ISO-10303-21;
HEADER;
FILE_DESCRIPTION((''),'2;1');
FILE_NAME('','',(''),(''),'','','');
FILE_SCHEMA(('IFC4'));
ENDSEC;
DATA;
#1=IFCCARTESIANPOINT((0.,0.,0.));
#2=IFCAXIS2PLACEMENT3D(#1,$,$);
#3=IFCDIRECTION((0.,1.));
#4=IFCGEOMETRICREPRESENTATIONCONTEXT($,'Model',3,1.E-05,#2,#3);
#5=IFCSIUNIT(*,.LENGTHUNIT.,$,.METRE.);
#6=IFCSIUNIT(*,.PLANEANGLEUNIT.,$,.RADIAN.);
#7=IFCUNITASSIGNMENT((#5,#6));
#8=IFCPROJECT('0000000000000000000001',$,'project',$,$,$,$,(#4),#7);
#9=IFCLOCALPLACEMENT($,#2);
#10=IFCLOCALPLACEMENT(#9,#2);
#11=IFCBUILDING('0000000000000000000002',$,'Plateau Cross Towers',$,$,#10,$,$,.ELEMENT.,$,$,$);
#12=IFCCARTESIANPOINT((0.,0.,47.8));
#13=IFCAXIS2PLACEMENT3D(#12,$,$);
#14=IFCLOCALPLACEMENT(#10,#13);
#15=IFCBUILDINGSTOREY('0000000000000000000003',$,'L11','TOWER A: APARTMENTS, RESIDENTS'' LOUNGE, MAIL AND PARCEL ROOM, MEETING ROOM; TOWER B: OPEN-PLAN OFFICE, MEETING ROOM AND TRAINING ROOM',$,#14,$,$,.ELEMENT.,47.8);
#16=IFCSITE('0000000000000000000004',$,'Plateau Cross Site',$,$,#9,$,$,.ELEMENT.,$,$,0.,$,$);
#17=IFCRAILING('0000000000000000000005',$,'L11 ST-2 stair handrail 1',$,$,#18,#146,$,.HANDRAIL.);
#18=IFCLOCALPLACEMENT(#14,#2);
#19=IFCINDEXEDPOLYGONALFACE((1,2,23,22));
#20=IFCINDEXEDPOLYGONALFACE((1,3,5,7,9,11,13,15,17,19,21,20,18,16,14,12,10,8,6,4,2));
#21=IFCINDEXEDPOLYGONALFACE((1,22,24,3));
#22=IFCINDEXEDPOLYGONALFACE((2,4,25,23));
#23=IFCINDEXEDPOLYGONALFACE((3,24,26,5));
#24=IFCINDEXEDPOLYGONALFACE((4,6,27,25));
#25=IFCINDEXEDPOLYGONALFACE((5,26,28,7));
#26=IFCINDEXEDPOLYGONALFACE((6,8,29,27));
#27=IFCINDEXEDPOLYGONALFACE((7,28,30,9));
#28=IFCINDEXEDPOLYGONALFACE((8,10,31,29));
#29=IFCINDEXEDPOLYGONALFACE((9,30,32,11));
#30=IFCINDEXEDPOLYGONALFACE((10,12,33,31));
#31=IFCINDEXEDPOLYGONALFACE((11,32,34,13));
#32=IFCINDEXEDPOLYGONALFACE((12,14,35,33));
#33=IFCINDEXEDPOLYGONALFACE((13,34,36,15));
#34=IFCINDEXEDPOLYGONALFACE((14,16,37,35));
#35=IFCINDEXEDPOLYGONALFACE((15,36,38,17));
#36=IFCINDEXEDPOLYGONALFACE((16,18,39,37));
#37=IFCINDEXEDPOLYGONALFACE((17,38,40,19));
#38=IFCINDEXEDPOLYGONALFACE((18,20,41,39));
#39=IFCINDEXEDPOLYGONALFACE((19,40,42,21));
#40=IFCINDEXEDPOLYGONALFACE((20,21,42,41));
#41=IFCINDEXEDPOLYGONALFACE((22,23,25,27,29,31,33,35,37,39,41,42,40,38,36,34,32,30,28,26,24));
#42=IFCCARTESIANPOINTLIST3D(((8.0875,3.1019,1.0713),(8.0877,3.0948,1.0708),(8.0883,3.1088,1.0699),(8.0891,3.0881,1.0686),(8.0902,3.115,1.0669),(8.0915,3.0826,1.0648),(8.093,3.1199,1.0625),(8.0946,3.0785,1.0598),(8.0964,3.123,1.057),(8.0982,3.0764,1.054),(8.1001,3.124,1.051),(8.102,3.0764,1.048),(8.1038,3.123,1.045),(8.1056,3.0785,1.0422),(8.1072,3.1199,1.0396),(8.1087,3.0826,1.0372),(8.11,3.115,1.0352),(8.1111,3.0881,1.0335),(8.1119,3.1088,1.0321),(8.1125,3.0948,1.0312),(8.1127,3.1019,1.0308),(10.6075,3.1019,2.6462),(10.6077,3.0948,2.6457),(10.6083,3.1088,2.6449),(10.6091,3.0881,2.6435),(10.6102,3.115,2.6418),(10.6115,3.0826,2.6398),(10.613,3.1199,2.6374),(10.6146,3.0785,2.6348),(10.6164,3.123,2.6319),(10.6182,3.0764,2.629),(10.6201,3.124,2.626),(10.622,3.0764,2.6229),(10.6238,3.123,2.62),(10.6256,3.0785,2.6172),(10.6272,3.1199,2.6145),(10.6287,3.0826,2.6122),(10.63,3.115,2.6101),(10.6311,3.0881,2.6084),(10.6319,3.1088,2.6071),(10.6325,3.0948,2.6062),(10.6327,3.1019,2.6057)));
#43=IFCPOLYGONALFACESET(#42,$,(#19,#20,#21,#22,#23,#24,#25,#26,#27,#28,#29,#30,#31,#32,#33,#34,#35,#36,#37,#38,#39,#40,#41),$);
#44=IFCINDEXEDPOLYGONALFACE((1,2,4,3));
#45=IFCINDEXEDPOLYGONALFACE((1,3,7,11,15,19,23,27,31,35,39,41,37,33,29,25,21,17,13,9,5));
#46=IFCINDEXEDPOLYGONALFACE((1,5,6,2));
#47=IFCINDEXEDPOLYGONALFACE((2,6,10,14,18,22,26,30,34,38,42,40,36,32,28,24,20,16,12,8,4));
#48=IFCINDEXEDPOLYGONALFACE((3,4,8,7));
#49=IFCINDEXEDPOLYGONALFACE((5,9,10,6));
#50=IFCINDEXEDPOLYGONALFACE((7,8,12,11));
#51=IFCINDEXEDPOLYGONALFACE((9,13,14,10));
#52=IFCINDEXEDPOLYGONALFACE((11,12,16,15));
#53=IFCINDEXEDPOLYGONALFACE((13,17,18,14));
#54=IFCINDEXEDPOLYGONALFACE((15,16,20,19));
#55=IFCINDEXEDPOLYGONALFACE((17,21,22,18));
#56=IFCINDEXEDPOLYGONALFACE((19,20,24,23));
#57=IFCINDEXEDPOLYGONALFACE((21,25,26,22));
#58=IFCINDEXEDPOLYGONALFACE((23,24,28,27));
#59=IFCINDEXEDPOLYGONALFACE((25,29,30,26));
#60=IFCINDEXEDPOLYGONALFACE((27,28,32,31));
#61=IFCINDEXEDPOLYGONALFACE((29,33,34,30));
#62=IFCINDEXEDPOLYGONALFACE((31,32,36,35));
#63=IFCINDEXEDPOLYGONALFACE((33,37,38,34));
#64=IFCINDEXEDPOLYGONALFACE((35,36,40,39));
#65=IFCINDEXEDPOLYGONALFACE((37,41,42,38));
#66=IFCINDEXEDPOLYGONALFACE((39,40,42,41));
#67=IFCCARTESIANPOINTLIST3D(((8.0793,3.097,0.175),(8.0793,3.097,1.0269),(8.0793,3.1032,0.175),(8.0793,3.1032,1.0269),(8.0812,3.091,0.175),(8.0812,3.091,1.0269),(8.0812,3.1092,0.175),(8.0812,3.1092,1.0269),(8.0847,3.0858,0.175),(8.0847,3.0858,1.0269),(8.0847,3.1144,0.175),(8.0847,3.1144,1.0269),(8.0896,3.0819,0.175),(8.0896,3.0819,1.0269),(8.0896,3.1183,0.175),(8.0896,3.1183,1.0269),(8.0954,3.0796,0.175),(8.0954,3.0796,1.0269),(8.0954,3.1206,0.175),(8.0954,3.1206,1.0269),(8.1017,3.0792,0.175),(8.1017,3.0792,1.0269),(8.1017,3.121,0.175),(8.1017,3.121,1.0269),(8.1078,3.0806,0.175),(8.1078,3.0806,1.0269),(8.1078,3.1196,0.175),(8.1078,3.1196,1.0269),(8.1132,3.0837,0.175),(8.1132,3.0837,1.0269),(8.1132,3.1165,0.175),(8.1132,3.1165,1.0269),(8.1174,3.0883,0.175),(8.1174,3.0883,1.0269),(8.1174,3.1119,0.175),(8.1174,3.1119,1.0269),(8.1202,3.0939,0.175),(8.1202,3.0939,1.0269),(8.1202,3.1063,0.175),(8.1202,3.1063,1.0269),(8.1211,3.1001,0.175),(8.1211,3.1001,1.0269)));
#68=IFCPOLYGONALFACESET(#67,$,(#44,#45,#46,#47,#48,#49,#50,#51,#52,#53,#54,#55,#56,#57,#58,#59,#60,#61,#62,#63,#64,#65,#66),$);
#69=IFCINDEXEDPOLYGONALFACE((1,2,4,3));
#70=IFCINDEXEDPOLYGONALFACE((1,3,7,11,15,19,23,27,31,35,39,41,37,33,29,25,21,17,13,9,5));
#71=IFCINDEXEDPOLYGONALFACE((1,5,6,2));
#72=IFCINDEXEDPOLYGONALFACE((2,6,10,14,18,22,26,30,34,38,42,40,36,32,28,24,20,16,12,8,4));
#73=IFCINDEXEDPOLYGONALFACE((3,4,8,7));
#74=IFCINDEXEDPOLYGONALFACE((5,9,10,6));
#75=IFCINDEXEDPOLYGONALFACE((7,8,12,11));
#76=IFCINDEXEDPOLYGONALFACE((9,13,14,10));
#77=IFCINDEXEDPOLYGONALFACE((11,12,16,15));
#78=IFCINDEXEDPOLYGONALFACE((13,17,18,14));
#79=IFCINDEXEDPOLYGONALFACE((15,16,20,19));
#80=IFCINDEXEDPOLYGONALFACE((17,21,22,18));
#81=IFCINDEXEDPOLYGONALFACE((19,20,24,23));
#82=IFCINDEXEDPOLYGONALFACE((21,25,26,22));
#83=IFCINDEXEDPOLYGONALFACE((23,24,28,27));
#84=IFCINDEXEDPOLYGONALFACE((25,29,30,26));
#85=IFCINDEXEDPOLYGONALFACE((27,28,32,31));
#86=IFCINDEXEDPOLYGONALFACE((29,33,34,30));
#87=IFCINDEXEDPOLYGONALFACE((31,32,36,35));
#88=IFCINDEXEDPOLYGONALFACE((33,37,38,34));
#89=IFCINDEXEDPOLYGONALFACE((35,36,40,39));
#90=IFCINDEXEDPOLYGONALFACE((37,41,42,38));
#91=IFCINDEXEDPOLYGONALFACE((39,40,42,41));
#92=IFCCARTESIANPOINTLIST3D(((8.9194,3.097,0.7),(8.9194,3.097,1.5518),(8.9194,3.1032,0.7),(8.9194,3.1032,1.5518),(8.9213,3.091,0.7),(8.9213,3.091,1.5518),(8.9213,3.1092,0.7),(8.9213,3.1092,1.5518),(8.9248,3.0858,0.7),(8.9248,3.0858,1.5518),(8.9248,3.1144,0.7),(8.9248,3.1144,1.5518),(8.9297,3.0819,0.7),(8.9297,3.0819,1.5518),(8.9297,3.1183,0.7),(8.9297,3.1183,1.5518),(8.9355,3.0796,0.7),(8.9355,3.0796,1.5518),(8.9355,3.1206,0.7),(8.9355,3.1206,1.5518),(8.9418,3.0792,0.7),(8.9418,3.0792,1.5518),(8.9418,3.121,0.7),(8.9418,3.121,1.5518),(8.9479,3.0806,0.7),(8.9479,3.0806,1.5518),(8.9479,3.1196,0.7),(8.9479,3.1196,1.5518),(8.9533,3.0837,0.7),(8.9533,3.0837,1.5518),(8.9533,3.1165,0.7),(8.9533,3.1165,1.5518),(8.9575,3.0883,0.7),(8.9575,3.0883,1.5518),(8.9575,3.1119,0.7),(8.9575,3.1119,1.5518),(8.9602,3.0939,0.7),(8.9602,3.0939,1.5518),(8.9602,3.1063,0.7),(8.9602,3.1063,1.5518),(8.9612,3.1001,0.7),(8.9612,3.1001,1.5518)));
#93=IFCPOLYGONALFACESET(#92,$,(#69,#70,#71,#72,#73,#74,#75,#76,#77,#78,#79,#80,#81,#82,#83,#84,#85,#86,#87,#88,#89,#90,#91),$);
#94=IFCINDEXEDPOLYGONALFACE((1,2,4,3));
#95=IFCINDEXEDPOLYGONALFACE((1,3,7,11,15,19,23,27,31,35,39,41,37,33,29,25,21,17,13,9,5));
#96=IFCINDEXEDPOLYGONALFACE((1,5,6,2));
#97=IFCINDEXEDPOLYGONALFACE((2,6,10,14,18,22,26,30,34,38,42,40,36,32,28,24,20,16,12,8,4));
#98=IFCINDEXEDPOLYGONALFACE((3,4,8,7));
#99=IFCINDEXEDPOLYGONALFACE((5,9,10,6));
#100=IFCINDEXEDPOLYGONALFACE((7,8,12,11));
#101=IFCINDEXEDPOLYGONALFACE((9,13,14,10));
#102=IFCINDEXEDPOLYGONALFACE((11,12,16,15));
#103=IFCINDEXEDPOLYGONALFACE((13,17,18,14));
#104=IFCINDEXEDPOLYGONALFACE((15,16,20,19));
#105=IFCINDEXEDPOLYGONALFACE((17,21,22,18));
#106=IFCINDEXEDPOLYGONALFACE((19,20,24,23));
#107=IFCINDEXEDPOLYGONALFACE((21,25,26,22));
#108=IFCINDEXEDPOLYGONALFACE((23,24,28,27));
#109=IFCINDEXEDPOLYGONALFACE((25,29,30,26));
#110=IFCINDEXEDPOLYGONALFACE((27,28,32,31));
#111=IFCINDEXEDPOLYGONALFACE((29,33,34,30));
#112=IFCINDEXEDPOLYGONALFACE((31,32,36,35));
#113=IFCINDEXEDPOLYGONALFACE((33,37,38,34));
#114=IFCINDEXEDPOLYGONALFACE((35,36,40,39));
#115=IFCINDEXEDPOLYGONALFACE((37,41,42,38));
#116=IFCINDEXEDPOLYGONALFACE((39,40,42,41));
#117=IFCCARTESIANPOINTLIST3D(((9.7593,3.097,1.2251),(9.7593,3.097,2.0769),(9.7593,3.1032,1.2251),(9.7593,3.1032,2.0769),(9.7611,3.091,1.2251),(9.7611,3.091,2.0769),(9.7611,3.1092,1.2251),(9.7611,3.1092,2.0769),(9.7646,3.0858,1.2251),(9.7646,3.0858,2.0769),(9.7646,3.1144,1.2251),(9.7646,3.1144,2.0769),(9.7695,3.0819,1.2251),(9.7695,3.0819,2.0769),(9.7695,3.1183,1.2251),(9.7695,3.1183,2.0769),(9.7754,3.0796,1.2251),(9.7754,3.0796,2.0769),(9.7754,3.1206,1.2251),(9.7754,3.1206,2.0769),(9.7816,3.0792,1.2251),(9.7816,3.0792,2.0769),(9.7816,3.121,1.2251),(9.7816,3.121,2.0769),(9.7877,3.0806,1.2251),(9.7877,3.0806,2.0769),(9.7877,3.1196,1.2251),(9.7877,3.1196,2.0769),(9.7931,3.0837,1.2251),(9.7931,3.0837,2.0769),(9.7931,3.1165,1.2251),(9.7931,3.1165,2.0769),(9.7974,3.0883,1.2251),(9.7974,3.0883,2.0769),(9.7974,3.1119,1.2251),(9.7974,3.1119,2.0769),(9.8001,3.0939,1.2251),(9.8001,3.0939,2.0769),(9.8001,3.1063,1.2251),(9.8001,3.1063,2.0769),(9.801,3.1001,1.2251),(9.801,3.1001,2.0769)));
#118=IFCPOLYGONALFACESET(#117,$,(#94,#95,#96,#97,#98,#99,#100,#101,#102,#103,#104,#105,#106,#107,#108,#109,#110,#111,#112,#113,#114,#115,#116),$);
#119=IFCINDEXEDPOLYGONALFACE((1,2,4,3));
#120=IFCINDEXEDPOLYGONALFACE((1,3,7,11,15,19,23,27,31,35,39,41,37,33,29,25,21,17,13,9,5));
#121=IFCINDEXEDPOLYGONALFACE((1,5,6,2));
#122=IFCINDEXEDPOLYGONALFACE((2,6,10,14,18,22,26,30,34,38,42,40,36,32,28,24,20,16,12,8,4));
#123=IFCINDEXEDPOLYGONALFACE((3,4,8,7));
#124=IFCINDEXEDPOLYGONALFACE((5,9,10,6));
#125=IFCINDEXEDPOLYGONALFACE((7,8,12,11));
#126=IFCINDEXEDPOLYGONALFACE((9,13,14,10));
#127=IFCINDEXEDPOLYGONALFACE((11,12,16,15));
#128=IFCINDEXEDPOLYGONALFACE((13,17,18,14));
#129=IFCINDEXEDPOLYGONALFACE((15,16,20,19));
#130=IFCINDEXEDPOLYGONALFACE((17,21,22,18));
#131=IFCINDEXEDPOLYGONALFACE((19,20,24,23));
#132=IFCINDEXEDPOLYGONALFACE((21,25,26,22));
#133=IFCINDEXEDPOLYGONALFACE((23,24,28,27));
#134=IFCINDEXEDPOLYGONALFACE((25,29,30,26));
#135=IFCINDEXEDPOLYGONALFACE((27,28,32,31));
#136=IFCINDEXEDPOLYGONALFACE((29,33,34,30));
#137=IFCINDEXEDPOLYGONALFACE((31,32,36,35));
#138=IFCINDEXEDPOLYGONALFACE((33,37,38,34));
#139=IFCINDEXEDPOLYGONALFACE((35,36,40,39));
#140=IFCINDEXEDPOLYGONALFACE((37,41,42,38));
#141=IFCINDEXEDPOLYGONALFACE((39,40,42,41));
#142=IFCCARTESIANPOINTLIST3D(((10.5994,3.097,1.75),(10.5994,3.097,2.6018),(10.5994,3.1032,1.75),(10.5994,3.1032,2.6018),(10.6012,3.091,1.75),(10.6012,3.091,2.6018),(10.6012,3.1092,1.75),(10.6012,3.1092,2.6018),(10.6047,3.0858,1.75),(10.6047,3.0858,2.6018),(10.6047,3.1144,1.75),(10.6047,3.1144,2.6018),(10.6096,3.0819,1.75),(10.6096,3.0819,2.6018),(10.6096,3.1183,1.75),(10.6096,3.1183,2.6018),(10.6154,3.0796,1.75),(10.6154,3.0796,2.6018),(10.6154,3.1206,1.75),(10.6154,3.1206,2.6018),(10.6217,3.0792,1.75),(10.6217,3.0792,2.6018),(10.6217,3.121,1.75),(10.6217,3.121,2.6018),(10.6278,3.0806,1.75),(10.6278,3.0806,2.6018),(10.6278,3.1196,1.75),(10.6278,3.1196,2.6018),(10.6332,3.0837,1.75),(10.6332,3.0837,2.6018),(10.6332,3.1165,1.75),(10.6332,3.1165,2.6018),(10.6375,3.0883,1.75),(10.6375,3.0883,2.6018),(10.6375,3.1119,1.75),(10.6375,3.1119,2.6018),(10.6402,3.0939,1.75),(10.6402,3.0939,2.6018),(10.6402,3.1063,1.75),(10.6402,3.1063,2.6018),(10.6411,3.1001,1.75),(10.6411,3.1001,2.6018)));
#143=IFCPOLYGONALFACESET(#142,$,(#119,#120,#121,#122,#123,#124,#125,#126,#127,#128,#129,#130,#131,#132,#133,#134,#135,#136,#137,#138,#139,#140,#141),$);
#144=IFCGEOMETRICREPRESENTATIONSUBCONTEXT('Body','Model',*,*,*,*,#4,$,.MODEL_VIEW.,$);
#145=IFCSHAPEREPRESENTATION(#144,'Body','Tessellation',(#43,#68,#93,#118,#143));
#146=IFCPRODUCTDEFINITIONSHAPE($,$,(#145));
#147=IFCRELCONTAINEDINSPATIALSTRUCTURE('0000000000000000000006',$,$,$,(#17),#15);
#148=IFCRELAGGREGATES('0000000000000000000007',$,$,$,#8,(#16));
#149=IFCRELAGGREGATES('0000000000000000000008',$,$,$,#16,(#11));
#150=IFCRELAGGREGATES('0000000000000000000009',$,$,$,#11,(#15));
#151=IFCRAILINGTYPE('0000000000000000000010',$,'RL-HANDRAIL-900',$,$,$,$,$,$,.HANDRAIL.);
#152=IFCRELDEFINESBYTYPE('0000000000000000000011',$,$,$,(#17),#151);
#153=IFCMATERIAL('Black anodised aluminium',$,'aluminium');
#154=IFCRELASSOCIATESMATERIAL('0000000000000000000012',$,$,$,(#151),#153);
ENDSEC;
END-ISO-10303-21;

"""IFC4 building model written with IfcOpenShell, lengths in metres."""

from ifc_helpers import new_model, si_unit, direction, frame, origin, origin_2d, place, context, subcontext, project, spatial, circle, extrude, material, type_object, element, save


model = new_model("IFC4")

# Units and contexts
model_context = context("Model", 3, precision=1e-05, world=origin(), true_north=direction((0.0, 1.0)))
body_context = subcontext(model_context, "Body", "Model", "MODEL_VIEW")
ifc_project = project(units=[si_unit("LENGTHUNIT", "METRE"), si_unit("PLANEANGLEUNIT", "RADIAN")], contexts=[model_context])

# Site, building, storey
site_placement = place(None, origin())
site = spatial("IfcSite", under=ifc_project, at=site_placement, Name="Plateau Cross Site", CompositionType="ELEMENT", RefElevation=0.0)
building_placement = place(site_placement, origin())
building = spatial("IfcBuilding", under=site, at=building_placement, Name="Plateau Cross Towers", CompositionType="ELEMENT")
storey_placement = place(building_placement, frame((0.0, 0.0, 47.8)))
storey = spatial("IfcBuildingStorey", under=building, at=storey_placement, Name="L11", Description="TOWER A: APARTMENTS, RESIDENTS' LOUNGE, MAIL AND PARCEL ROOM, MEETING ROOM; TOWER B: OPEN-PLAN OFFICE, MEETING ROOM AND TRAINING ROOM", CompositionType="ELEMENT", Elevation=47.8)

# Shared definitions
ifc_material_1 = material(Name="Black anodised aluminium", Category="aluminium")

# Railing
railing_type_1 = type_object("IfcRailingType", Name="RL-HANDRAIL-900", PredefinedType="HANDRAIL", material=ifc_material_1)
railing_1_placement = place(storey_placement, frame((8.1001, 3.1001, 0.175)))
element("IfcRailing", 1, at=railing_1_placement, inside=storey, type_object=railing_type_1, Name="L11 ST-2 stair handrail 1", PredefinedType="HANDRAIL", context=body_context, shape_type="SweptSolid", body=[
    extrude(circle(Radius=0.0239, at=origin_2d()), frame((0.0, 0.0, 0.876), z_axis=(0.848008, 0.0, 0.529984), x_axis=(0.0, 1.0, 0.0)), (0.0, 0.0, 1.0), 2.9717),
    extrude(circle(Radius=0.021, at=origin_2d()), origin(), (0.0, 0.0, 1.0), 0.8518),
    extrude(circle(Radius=0.021, at=origin_2d()), frame((0.8401, 0.0, 0.5249)), (0.0, 0.0, 1.0), 0.8518),
    extrude(circle(Radius=0.021, at=origin_2d()), frame((1.6799, 0.0, 1.05)), (0.0, 0.0, 1.0), 0.8518),
    extrude(circle(Radius=0.021, at=origin_2d()), frame((2.52, 0.0, 1.575)), (0.0, 0.0, 1.0), 0.8518),
])

save(model, "model.ifc")
